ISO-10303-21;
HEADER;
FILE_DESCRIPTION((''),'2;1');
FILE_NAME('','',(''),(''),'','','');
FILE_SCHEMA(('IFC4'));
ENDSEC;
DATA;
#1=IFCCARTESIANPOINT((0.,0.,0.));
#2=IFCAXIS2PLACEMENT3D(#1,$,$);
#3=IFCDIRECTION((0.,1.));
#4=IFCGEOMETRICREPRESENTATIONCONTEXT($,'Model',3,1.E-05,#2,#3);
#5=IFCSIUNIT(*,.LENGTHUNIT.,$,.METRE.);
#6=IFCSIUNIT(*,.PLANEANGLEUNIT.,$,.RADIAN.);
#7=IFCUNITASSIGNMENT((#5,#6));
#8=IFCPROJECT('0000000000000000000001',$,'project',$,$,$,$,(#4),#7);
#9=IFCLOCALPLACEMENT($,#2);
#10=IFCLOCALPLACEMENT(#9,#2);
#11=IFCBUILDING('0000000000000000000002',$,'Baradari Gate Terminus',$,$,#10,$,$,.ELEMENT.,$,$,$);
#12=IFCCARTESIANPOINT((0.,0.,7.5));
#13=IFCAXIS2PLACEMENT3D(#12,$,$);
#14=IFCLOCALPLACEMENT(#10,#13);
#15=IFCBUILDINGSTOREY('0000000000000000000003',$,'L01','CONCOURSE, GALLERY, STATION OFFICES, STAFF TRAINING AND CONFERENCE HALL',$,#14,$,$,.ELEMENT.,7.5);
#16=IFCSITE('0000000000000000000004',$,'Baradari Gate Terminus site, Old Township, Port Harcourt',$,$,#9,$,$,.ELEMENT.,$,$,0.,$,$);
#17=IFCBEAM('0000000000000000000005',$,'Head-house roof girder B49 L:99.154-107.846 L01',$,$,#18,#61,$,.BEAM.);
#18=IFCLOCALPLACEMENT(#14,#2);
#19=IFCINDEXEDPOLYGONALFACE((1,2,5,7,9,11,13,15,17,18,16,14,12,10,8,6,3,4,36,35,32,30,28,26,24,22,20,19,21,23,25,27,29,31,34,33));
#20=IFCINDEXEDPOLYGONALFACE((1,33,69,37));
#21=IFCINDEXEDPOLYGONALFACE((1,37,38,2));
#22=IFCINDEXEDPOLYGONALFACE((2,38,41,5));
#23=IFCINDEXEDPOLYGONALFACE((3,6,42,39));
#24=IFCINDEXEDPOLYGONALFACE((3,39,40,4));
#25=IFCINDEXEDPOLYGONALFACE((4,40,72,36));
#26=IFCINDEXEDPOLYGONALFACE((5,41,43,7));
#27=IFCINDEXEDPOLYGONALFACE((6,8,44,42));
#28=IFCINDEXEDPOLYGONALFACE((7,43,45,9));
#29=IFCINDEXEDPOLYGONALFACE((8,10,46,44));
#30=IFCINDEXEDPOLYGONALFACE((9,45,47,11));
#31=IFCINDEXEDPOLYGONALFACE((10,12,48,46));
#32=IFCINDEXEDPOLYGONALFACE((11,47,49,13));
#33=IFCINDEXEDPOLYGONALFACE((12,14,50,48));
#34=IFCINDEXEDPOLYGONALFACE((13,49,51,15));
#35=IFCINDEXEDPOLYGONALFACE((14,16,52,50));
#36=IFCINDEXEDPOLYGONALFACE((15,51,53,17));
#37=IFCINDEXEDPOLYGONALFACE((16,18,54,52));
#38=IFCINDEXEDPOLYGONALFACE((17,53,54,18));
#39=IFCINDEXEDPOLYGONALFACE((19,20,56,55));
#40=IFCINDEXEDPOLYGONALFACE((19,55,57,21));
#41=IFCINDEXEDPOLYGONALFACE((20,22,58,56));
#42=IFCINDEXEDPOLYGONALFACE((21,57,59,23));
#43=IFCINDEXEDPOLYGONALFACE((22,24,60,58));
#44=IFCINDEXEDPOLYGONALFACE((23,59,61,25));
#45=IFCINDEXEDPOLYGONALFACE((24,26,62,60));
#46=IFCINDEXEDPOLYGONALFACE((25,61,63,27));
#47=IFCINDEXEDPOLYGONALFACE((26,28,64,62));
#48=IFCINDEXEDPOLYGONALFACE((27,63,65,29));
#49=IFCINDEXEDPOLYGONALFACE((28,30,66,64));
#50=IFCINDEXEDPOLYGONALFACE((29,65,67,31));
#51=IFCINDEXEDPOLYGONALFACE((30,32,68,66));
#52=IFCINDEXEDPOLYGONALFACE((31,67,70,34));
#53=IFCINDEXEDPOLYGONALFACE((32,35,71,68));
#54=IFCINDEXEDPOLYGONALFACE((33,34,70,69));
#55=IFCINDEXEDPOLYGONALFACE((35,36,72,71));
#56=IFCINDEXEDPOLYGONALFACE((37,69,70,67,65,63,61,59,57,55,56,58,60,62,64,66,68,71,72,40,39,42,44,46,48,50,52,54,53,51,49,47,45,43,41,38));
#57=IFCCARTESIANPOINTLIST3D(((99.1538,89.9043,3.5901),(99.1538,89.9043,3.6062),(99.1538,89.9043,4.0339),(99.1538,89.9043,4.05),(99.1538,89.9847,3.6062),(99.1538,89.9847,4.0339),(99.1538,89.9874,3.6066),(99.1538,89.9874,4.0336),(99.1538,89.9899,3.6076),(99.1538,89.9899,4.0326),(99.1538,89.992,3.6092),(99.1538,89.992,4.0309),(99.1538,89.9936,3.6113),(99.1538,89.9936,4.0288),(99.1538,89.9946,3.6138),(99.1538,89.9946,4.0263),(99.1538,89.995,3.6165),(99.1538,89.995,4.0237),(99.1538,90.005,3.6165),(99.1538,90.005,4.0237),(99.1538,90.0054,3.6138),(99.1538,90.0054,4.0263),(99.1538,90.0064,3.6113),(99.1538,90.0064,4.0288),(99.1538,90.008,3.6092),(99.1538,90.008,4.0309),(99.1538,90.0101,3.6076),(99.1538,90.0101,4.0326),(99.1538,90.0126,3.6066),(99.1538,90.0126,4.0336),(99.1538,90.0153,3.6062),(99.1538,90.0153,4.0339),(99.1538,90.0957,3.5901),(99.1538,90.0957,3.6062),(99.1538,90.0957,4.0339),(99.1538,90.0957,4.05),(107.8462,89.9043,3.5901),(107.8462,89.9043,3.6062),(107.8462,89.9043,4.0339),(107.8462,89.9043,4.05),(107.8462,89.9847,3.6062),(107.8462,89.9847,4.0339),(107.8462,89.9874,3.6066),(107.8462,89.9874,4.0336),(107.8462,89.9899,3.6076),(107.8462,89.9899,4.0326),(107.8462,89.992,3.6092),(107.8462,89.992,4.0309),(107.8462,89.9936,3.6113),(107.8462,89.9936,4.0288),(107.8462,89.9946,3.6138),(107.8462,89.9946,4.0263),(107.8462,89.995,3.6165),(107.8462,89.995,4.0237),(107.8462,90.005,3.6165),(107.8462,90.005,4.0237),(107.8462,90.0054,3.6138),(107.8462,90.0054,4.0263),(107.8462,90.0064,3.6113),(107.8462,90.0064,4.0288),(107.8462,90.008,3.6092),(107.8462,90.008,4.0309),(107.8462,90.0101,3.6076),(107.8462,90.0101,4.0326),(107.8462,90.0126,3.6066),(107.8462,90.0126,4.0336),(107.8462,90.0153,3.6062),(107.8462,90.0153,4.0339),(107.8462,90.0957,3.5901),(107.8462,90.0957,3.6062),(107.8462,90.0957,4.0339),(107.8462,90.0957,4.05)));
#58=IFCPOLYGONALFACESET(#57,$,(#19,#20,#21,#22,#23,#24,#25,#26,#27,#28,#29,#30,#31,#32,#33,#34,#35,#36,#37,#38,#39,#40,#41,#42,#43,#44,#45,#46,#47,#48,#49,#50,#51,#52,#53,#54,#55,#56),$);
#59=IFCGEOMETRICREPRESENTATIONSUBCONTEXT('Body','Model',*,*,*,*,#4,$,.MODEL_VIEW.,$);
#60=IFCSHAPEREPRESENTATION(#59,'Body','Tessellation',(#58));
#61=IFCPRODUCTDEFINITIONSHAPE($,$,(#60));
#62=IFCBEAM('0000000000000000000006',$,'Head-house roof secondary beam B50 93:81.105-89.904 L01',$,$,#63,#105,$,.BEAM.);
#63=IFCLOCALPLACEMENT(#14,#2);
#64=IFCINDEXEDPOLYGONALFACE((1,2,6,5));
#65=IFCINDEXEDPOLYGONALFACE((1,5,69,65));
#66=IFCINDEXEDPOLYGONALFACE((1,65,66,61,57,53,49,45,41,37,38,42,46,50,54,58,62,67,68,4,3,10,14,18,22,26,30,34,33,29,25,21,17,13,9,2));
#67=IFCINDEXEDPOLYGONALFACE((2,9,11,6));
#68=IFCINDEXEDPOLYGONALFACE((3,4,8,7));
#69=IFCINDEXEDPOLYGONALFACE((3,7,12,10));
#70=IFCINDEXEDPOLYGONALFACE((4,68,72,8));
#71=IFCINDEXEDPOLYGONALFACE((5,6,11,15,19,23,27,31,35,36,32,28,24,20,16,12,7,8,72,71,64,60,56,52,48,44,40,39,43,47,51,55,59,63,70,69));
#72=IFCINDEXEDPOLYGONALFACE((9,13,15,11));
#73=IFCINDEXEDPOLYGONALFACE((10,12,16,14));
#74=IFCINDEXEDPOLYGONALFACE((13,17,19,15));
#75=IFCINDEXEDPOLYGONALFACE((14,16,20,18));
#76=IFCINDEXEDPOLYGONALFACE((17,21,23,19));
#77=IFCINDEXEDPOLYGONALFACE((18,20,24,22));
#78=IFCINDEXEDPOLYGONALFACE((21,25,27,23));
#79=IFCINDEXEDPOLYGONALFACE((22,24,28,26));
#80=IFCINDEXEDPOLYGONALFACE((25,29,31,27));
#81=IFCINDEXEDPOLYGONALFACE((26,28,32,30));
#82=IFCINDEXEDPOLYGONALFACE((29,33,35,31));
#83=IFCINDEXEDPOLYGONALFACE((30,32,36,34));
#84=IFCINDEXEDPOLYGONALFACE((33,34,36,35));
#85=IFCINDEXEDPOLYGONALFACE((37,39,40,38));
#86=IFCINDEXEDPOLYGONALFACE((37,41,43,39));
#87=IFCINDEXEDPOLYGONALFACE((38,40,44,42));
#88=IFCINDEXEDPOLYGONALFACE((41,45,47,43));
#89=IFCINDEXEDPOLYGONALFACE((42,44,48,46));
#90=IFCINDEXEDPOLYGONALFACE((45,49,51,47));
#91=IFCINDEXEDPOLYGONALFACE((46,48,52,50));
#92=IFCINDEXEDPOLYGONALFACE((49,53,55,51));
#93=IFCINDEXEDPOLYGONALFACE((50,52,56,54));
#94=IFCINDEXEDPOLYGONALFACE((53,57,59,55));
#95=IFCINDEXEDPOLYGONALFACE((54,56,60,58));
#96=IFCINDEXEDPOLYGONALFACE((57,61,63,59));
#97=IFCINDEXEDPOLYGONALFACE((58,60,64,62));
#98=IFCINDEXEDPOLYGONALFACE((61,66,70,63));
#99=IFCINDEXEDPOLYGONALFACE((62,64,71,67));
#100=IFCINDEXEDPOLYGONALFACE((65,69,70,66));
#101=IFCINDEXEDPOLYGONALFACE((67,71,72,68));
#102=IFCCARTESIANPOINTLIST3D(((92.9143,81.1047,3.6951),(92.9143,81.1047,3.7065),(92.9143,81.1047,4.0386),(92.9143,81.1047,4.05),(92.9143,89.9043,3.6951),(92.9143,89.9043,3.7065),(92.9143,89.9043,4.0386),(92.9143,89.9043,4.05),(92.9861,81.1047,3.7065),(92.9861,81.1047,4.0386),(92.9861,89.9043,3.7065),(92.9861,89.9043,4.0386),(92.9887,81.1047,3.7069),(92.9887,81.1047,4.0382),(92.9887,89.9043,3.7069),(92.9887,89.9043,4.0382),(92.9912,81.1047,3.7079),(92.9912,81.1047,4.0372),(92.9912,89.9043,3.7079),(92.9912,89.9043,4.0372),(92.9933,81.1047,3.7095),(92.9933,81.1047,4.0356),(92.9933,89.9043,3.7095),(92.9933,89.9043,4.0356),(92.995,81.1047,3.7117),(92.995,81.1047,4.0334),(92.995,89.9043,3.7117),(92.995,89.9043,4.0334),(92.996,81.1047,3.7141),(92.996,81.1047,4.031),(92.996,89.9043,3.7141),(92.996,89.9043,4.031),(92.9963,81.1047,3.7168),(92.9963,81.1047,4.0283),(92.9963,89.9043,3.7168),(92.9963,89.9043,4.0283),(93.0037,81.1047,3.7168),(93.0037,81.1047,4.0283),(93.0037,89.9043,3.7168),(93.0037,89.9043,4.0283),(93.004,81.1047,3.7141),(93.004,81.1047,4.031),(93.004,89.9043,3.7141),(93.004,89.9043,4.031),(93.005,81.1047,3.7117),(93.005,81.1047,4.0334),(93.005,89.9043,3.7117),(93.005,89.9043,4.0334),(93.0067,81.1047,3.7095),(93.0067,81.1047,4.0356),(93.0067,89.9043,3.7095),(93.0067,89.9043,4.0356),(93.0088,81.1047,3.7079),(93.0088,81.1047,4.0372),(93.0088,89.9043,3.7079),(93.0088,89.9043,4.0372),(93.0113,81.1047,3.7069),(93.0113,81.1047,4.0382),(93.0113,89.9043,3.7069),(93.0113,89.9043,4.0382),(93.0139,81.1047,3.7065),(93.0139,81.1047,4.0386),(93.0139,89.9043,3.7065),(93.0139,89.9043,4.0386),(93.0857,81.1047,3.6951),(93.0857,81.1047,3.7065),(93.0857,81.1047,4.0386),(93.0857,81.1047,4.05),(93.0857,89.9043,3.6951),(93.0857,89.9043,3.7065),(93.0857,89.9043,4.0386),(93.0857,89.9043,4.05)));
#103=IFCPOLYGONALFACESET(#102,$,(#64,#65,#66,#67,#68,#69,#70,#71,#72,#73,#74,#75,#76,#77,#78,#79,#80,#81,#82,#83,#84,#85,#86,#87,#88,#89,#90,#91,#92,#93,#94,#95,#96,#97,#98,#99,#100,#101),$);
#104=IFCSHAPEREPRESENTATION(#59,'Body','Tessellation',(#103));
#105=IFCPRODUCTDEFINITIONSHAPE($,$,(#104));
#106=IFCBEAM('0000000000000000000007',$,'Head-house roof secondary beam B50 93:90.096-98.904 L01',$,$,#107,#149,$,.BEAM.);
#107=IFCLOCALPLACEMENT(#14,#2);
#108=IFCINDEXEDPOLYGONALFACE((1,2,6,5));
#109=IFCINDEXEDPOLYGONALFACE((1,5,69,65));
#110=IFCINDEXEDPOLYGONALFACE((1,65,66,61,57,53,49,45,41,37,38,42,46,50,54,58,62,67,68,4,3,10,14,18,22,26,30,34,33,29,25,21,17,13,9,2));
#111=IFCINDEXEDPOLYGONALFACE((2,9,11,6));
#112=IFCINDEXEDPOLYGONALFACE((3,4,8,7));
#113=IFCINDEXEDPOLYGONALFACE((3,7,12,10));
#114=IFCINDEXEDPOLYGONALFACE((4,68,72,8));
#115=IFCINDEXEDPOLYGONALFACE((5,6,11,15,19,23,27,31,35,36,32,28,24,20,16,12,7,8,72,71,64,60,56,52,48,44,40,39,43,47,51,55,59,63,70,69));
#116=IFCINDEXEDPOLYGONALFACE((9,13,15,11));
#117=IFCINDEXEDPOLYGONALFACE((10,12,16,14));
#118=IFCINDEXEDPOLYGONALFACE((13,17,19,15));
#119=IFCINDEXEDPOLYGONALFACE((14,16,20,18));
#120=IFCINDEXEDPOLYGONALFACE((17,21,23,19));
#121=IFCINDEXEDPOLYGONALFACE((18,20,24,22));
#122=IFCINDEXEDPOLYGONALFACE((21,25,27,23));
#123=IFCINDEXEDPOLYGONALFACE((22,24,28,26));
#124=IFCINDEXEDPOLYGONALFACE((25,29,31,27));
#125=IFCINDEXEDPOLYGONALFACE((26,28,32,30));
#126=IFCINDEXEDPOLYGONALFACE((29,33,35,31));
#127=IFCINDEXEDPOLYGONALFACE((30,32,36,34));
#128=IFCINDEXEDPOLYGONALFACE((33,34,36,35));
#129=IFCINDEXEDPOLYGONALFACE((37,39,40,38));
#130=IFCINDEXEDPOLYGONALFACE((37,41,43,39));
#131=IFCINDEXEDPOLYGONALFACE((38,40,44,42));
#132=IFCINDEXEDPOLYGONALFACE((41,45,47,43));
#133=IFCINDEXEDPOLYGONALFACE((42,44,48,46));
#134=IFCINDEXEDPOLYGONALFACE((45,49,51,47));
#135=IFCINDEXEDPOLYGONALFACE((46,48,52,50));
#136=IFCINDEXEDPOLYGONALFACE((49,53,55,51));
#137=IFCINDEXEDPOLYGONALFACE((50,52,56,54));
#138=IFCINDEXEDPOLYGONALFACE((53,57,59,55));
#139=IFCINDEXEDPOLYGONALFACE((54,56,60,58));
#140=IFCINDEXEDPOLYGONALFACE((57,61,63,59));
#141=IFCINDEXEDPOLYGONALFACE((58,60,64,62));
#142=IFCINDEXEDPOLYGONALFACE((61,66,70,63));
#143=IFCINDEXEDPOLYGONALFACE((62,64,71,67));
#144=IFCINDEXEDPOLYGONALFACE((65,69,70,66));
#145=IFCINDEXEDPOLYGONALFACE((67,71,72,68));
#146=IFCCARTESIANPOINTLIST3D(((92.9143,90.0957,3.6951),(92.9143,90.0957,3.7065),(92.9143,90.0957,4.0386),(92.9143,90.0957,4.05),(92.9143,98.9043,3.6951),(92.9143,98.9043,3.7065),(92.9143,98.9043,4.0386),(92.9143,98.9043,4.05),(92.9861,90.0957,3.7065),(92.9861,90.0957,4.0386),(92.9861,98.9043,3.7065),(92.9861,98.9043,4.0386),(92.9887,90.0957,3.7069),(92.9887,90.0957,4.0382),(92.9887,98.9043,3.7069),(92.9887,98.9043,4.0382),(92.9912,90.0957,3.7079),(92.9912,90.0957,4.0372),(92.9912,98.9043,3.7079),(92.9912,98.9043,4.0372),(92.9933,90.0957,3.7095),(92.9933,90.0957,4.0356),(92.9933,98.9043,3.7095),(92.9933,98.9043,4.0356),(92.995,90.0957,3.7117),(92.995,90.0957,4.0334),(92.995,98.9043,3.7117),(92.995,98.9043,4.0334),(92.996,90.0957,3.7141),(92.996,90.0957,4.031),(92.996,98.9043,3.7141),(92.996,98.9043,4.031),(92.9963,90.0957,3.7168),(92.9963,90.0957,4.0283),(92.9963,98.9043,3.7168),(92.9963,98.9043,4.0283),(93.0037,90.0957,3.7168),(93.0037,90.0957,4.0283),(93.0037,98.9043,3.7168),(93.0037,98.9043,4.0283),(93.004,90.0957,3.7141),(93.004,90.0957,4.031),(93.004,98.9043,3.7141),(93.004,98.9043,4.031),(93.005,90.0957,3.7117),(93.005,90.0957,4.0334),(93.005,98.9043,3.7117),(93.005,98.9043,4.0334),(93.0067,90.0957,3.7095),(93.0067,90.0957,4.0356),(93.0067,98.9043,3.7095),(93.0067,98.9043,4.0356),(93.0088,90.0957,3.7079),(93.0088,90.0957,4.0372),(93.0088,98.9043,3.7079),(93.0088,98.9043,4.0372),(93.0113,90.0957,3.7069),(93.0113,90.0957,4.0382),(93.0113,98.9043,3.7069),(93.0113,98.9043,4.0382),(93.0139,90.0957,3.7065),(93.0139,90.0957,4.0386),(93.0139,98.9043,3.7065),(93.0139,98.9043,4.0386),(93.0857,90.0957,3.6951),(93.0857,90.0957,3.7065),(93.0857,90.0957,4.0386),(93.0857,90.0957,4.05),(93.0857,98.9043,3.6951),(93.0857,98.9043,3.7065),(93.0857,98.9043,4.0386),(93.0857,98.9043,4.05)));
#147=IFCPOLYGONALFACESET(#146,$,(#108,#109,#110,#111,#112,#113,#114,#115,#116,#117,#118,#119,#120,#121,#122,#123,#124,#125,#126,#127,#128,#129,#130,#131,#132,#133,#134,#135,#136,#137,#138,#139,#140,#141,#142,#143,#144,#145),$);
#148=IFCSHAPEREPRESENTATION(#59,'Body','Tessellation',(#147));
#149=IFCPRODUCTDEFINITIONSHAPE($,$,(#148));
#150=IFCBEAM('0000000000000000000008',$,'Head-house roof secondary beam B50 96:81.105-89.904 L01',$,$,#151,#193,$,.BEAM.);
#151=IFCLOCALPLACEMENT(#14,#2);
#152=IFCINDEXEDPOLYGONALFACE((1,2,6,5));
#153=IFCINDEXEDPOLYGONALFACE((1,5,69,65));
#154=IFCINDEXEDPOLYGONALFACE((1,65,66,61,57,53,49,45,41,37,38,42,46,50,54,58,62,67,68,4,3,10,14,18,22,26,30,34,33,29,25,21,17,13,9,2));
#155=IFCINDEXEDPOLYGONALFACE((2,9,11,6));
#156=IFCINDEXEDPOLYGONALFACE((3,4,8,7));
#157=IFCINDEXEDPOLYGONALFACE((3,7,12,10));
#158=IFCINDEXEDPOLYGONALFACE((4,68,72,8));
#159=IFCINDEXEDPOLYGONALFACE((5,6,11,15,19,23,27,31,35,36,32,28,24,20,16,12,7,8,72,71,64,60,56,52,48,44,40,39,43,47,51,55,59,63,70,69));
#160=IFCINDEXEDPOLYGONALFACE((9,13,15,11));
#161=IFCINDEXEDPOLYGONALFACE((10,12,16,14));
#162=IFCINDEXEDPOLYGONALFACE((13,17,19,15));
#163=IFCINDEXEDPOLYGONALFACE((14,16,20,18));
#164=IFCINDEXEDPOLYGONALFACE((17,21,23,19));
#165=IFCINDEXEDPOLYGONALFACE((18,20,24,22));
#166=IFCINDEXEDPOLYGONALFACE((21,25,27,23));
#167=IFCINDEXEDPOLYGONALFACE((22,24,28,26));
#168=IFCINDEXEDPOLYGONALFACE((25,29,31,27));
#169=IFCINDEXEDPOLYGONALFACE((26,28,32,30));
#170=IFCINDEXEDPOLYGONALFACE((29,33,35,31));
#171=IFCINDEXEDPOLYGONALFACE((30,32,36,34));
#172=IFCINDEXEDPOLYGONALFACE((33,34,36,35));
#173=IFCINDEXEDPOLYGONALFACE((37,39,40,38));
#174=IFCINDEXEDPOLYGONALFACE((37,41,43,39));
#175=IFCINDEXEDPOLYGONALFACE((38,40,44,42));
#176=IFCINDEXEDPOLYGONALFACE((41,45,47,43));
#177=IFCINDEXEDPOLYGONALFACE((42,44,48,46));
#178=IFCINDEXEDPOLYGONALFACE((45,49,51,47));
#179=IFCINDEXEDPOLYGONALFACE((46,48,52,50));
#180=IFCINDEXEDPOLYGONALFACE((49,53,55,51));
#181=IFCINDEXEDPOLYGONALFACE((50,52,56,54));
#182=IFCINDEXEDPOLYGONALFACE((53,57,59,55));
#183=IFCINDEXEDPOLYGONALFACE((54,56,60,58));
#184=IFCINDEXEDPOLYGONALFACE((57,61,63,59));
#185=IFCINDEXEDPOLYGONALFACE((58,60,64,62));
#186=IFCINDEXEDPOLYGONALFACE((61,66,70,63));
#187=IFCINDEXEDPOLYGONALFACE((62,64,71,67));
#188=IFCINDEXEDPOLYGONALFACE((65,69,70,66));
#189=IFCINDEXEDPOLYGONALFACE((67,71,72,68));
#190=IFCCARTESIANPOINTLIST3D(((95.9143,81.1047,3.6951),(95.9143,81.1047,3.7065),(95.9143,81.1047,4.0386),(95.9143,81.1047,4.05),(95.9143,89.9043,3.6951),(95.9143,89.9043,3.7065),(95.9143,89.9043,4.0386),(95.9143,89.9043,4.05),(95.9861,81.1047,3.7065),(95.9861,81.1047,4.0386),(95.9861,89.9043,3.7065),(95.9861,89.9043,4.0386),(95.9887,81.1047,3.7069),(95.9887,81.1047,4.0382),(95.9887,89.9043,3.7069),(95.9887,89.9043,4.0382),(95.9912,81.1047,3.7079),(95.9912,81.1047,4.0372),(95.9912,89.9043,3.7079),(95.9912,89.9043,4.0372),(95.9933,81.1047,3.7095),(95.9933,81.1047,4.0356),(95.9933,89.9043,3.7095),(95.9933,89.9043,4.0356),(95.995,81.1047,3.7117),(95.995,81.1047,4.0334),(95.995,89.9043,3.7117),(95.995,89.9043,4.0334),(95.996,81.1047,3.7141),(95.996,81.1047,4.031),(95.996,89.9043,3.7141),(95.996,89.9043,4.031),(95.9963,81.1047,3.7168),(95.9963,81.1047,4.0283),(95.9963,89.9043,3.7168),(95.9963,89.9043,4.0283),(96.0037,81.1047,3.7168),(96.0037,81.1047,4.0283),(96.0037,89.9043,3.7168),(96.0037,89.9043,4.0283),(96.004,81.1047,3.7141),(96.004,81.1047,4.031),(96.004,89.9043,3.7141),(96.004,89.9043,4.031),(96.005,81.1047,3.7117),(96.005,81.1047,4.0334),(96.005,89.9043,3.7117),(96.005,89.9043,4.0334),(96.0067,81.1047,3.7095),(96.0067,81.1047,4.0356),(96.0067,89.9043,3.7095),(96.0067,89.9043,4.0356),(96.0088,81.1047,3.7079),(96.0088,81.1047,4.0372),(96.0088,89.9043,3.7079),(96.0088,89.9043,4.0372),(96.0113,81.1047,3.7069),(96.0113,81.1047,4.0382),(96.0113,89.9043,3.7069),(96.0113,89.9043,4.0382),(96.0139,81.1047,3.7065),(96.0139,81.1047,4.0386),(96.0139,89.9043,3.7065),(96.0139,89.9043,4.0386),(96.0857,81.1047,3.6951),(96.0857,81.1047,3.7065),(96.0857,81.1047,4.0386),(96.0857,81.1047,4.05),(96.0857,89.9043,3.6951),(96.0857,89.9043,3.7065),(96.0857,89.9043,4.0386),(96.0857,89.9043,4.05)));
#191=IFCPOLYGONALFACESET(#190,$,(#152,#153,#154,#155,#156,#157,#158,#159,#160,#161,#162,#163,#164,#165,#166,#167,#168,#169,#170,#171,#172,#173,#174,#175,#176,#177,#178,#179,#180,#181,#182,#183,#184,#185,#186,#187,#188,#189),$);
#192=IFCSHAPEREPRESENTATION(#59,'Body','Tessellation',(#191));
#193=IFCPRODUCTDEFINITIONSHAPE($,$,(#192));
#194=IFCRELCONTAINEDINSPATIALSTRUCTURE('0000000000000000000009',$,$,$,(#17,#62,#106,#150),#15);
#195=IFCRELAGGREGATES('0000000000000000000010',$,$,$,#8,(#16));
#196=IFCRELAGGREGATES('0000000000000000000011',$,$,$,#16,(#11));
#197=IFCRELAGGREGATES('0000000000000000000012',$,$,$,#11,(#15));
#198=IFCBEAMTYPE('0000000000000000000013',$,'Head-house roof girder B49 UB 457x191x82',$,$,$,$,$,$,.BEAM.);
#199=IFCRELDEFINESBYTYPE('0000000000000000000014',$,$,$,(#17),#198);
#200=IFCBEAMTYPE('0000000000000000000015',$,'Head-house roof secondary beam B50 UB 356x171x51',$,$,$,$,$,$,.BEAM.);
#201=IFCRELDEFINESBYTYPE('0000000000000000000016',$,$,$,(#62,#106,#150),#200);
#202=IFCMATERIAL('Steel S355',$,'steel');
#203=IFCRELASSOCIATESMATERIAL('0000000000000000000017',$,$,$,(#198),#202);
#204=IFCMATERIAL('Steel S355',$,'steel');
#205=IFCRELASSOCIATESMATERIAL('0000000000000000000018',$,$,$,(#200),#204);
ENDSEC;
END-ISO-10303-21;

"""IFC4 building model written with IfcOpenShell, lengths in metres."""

from ifc_helpers import new_model, si_unit, direction, frame, origin, origin_2d, place, context, subcontext, project, spatial, i_section, extrude, material, material_profile, profile_set, type_object, element, save


model = new_model("IFC4")

# Units and contexts
model_context = context("Model", 3, precision=1e-05, world=origin(), true_north=direction((0.0, 1.0)))
body_context = subcontext(model_context, "Body", "Model", "MODEL_VIEW")
ifc_project = project(units=[si_unit("LENGTHUNIT", "METRE"), si_unit("PLANEANGLEUNIT", "RADIAN")], contexts=[model_context])

# Site, building, storey
site_placement = place(None, origin())
site = spatial("IfcSite", under=ifc_project, at=site_placement, Name="Baradari Gate Terminus site, Old Township, Port Harcourt", CompositionType="ELEMENT", RefElevation=0.0)
building_placement = place(site_placement, origin())
building = spatial("IfcBuilding", under=site, at=building_placement, Name="Baradari Gate Terminus", CompositionType="ELEMENT")
storey_placement = place(building_placement, frame((0.0, 0.0, 7.5)))
storey = spatial("IfcBuildingStorey", under=building, at=storey_placement, Name="L01", Description="CONCOURSE, GALLERY, STATION OFFICES, STAFF TRAINING AND CONFERENCE HALL", CompositionType="ELEMENT", Elevation=7.5)

# Beams
ifc_material_1 = material(Name="Steel S355", Category="steel")
ifc_material_profile_1 = material_profile(ifc_material_1, i_section(OverallWidth=0.1914, OverallDepth=0.46, WebThickness=0.01, FlangeThickness=0.0161, FilletRadius=0.0103, at=origin_2d()), Name="UB 457x191x82")
ifc_profile_set_1 = profile_set([ifc_material_profile_1], Name="Steel S355")
beam_type_1 = type_object("IfcBeamType", Name="Head-house roof girder B49 UB 457x191x82", PredefinedType="BEAM", material=ifc_profile_set_1)
beam_1_placement = place(storey_placement, frame((99.1538, 90.0, 3.8201), z_axis=(1.0, 0.0, 0.0), x_axis=(0.0, 1.0, 0.0)))
element("IfcBeam", 1, at=beam_1_placement, inside=storey, type_object=beam_type_1, Name="Head-house roof girder B49 L:99.154-107.846 L01", PredefinedType="BEAM", context=body_context, shape_type="SweptSolid", body=[
    extrude(i_section(OverallWidth=0.1914, OverallDepth=0.46, WebThickness=0.01, FlangeThickness=0.0161, FilletRadius=0.0103, at=origin_2d()), origin(), (0.0, 0.0, 1.0), 8.6924),
])
ifc_material_2 = material(Name="Steel S355", Category="steel")
ifc_material_profile_2 = material_profile(ifc_material_2, i_section(OverallWidth=0.1714, OverallDepth=0.355, WebThickness=0.0073, FlangeThickness=0.0115, FilletRadius=0.0103, at=origin_2d()), Name="UB 356x171x51")
ifc_profile_set_2 = profile_set([ifc_material_profile_2], Name="Steel S355")
beam_type_2 = type_object("IfcBeamType", Name="Head-house roof secondary beam B50 UB 356x171x51", PredefinedType="BEAM", material=ifc_profile_set_2)
beam_2_placement = place(storey_placement, frame((93.0, 81.1047, 3.8726), z_axis=(0.0, 1.0, 0.0), x_axis=(-1.0, 0.0, 0.0)))
element("IfcBeam", 2, at=beam_2_placement, inside=storey, type_object=beam_type_2, Name="Head-house roof secondary beam B50 93:81.105-89.904 L01", PredefinedType="BEAM", context=body_context, shape_type="SweptSolid", body=[
    extrude(i_section(OverallWidth=0.1714, OverallDepth=0.355, WebThickness=0.0073, FlangeThickness=0.0115, FilletRadius=0.0103, at=origin_2d()), origin(), (0.0, 0.0, 1.0), 8.7996),
])
beam_3_placement = place(storey_placement, frame((93.0, 90.0957, 3.8726), z_axis=(0.0, 1.0, 0.0), x_axis=(-1.0, 0.0, 0.0)))
element("IfcBeam", 3, at=beam_3_placement, inside=storey, type_object=beam_type_2, Name="Head-house roof secondary beam B50 93:90.096-98.904 L01", PredefinedType="BEAM", context=body_context, shape_type="SweptSolid", body=[
    extrude(i_section(OverallWidth=0.1714, OverallDepth=0.355, WebThickness=0.0073, FlangeThickness=0.0115, FilletRadius=0.0103, at=origin_2d()), origin(), (0.0, 0.0, 1.0), 8.8086),
])
beam_4_placement = place(storey_placement, frame((96.0, 81.1047, 3.8726), z_axis=(0.0, 1.0, 0.0), x_axis=(-1.0, 0.0, 0.0)))
element("IfcBeam", 4, at=beam_4_placement, inside=storey, type_object=beam_type_2, Name="Head-house roof secondary beam B50 96:81.105-89.904 L01", PredefinedType="BEAM", context=body_context, shape_type="SweptSolid", body=[
    extrude(i_section(OverallWidth=0.1714, OverallDepth=0.355, WebThickness=0.0073, FlangeThickness=0.0115, FilletRadius=0.0103, at=origin_2d()), origin(), (0.0, 0.0, 1.0), 8.7996),
])

save(model, "model.ifc")
